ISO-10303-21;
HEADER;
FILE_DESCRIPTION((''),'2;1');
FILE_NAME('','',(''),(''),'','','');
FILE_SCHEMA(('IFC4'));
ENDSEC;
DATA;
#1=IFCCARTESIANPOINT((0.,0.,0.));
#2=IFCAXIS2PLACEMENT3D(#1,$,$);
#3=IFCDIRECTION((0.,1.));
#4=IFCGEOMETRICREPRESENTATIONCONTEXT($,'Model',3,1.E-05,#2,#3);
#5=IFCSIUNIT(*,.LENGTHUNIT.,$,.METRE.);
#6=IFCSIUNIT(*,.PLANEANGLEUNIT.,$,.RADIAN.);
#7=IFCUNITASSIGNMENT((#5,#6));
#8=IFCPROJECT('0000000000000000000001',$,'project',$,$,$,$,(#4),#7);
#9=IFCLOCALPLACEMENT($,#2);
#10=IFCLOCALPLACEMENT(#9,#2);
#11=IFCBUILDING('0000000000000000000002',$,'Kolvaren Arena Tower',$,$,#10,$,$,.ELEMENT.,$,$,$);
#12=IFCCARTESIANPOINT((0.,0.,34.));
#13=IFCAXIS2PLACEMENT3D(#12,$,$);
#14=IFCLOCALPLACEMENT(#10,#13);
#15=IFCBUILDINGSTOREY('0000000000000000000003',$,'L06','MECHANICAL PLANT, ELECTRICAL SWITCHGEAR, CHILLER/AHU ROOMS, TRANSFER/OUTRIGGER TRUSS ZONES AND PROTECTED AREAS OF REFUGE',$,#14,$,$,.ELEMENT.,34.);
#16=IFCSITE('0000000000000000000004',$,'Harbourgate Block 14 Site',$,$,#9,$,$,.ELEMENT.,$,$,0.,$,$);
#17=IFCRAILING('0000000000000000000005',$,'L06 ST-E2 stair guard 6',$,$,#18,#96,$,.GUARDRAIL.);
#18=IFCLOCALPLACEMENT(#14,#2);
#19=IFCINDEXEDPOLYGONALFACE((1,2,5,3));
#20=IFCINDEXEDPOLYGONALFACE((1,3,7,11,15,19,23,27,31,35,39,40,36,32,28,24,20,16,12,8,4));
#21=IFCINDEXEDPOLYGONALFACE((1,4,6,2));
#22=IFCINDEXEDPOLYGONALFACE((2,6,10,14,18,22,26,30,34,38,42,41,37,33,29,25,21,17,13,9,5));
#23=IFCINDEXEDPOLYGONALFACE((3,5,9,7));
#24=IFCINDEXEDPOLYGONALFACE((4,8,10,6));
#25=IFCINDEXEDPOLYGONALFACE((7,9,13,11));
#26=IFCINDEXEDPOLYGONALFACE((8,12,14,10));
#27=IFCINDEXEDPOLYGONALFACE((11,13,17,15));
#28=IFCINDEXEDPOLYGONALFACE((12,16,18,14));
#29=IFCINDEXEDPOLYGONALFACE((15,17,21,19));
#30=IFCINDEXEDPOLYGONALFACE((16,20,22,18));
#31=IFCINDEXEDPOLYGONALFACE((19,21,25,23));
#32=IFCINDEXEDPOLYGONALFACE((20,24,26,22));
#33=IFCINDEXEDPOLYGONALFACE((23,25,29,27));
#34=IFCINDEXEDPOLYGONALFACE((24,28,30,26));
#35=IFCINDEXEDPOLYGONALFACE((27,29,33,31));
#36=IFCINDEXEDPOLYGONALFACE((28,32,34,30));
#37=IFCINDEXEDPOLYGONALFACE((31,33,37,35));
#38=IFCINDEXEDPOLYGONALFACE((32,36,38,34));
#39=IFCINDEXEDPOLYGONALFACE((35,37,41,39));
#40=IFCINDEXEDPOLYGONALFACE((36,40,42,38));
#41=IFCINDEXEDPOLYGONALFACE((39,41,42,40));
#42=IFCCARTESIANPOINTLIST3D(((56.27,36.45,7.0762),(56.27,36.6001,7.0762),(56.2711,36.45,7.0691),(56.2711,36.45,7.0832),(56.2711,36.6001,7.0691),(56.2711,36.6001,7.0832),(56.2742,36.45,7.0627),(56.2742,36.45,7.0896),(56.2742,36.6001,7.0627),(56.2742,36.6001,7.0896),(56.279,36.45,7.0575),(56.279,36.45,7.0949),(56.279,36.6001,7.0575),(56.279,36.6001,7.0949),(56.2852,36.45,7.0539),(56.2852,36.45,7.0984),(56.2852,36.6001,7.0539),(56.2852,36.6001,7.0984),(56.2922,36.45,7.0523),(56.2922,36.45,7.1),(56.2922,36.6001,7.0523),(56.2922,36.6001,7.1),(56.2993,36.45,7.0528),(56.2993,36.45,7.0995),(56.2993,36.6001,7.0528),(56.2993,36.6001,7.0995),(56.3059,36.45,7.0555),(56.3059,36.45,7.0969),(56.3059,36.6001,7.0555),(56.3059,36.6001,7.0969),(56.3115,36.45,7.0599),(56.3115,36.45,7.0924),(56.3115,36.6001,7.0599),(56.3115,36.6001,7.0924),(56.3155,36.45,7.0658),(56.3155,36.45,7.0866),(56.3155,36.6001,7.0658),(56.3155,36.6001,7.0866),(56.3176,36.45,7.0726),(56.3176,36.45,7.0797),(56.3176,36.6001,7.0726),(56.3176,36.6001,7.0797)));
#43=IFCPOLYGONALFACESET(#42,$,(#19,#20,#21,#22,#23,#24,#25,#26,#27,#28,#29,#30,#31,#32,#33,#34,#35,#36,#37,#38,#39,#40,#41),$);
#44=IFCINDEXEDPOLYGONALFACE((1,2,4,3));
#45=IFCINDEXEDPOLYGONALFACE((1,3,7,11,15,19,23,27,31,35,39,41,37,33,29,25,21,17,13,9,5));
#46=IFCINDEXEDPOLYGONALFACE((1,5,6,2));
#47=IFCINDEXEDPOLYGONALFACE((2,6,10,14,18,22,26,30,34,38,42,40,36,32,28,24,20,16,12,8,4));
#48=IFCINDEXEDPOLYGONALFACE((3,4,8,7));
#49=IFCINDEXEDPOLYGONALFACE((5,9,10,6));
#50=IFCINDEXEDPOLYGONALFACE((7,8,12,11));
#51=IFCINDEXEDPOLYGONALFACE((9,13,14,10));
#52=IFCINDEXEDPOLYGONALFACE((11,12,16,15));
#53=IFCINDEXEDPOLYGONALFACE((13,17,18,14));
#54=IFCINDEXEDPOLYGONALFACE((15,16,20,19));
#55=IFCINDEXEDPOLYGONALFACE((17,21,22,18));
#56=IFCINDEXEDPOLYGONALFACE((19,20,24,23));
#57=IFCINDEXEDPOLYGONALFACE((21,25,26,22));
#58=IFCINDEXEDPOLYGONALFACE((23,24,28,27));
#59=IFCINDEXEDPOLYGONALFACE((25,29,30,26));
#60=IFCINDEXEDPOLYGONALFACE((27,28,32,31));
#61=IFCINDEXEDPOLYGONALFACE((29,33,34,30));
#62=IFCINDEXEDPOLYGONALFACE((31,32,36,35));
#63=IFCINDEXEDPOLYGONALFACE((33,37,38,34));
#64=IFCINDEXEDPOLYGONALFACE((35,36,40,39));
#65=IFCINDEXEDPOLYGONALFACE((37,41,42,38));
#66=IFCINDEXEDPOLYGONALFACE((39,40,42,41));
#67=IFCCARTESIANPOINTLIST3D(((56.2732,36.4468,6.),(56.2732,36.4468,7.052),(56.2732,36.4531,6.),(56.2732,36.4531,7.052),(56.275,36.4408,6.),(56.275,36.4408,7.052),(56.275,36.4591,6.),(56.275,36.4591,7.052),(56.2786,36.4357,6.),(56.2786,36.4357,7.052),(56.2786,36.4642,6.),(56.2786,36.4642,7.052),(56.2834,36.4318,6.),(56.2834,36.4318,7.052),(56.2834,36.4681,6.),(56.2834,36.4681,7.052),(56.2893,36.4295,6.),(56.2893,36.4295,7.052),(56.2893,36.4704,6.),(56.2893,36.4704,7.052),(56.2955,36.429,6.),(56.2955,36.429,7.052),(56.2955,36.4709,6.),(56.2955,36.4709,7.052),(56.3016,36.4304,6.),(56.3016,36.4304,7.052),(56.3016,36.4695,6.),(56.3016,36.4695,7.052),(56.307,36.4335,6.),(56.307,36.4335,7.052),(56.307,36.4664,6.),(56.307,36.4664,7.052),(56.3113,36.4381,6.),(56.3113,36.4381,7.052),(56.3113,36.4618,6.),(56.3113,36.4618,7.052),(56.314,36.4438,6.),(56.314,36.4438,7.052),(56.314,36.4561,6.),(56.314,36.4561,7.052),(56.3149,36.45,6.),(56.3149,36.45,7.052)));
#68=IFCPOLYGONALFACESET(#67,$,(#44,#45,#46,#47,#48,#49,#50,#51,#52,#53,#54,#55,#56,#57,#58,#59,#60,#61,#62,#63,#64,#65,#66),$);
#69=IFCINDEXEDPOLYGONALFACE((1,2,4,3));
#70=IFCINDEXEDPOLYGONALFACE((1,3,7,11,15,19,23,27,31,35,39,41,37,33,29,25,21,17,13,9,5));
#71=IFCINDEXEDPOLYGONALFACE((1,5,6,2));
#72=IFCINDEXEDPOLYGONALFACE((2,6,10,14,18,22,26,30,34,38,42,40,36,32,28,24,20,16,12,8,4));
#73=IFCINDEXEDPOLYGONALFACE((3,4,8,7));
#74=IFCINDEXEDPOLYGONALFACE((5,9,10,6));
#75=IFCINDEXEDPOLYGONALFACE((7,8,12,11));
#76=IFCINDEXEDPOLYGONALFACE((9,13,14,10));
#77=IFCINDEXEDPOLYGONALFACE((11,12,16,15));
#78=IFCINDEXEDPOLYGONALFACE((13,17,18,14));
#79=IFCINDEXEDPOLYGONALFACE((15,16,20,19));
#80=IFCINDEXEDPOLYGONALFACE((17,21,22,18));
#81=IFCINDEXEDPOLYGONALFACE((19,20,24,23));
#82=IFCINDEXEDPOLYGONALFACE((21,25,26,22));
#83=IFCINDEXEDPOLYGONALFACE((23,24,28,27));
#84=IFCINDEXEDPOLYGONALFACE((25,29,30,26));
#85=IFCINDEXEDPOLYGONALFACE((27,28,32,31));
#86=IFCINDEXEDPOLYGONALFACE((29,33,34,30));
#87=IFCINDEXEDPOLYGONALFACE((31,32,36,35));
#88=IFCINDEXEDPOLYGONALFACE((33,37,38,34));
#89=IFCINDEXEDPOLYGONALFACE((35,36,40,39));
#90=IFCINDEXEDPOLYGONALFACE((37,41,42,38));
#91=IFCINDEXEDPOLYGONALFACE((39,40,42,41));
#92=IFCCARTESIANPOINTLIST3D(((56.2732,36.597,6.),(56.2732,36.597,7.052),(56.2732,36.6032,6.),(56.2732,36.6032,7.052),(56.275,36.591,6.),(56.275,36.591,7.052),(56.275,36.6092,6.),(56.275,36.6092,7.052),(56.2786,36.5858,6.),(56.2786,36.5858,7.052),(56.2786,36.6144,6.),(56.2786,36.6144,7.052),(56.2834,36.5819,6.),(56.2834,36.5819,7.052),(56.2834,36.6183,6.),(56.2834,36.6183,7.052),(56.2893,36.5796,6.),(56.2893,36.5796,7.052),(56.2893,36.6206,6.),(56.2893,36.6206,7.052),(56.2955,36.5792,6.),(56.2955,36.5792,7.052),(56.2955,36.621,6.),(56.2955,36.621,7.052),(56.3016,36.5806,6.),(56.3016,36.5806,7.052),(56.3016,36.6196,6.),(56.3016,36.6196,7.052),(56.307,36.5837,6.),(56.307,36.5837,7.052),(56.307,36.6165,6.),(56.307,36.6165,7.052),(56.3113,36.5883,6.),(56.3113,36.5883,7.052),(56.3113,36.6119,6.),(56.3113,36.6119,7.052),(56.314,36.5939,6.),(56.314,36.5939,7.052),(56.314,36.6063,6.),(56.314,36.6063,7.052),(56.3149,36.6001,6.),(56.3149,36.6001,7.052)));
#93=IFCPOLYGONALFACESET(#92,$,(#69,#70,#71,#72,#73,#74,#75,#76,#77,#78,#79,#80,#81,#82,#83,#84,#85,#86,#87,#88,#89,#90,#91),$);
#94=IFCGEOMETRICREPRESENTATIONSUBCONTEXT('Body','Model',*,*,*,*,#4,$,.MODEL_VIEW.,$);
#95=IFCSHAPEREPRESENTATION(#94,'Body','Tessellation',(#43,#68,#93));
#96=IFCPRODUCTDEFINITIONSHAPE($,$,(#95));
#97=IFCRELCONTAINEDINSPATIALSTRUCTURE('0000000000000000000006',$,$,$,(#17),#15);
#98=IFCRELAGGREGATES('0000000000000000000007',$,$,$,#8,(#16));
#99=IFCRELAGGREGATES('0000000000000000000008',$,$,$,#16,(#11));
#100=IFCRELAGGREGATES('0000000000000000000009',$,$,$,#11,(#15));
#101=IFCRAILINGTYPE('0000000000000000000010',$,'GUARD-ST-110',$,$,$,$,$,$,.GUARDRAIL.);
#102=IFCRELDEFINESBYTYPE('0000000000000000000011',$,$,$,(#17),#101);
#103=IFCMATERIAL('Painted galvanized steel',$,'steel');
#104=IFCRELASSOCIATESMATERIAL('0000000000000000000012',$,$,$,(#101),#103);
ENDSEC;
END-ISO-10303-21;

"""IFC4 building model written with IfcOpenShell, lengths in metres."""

from ifc_helpers import new_model, si_unit, direction, frame, origin, origin_2d, place, context, subcontext, project, spatial, circle, extrude, material, type_object, element, save


model = new_model("IFC4")

# Units and contexts
model_context = context("Model", 3, precision=1e-05, world=origin(), true_north=direction((0.0, 1.0)))
body_context = subcontext(model_context, "Body", "Model", "MODEL_VIEW")
ifc_project = project(units=[si_unit("LENGTHUNIT", "METRE"), si_unit("PLANEANGLEUNIT", "RADIAN")], contexts=[model_context])

# Site, building, storey
site_placement = place(None, origin())
site = spatial("IfcSite", under=ifc_project, at=site_placement, Name="Harbourgate Block 14 Site", CompositionType="ELEMENT", RefElevation=0.0)
building_placement = place(site_placement, origin())
building = spatial("IfcBuilding", under=site, at=building_placement, Name="Kolvaren Arena Tower", CompositionType="ELEMENT")
storey_placement = place(building_placement, frame((0.0, 0.0, 34.0)))
storey = spatial("IfcBuildingStorey", under=building, at=storey_placement, Name="L06", Description="MECHANICAL PLANT, ELECTRICAL SWITCHGEAR, CHILLER/AHU ROOMS, TRANSFER/OUTRIGGER TRUSS ZONES AND PROTECTED AREAS OF REFUGE", CompositionType="ELEMENT", Elevation=34.0)

# Railing
ifc_material_1 = material(Name="Painted galvanized steel", Category="steel")
railing_type_1 = type_object("IfcRailingType", Name="GUARD-ST-110", PredefinedType="GUARDRAIL", material=ifc_material_1)
railing_1_placement = place(storey_placement, frame((56.2939, 36.45, 6.0)))
element("IfcRailing", 1, at=railing_1_placement, inside=storey, type_object=railing_type_1, Name="L06 ST-E2 stair guard 6", PredefinedType="GUARDRAIL", context=body_context, shape_type="SweptSolid", body=[
    extrude(circle(Radius=0.0239, at=origin_2d()), frame((0.0, 0.0, 1.0762), z_axis=(0.0, 1.0, 0.0), x_axis=(-1.0, 0.0, 0.0)), (0.0, 0.0, 1.0), 0.1501),
    extrude(circle(Radius=0.021, at=origin_2d()), origin(), (0.0, 0.0, 1.0), 1.052),
    extrude(circle(Radius=0.021, at=origin_2d()), frame((0.0, 0.1501, 0.0)), (0.0, 0.0, 1.0), 1.052),
])

save(model, "model.ifc")
